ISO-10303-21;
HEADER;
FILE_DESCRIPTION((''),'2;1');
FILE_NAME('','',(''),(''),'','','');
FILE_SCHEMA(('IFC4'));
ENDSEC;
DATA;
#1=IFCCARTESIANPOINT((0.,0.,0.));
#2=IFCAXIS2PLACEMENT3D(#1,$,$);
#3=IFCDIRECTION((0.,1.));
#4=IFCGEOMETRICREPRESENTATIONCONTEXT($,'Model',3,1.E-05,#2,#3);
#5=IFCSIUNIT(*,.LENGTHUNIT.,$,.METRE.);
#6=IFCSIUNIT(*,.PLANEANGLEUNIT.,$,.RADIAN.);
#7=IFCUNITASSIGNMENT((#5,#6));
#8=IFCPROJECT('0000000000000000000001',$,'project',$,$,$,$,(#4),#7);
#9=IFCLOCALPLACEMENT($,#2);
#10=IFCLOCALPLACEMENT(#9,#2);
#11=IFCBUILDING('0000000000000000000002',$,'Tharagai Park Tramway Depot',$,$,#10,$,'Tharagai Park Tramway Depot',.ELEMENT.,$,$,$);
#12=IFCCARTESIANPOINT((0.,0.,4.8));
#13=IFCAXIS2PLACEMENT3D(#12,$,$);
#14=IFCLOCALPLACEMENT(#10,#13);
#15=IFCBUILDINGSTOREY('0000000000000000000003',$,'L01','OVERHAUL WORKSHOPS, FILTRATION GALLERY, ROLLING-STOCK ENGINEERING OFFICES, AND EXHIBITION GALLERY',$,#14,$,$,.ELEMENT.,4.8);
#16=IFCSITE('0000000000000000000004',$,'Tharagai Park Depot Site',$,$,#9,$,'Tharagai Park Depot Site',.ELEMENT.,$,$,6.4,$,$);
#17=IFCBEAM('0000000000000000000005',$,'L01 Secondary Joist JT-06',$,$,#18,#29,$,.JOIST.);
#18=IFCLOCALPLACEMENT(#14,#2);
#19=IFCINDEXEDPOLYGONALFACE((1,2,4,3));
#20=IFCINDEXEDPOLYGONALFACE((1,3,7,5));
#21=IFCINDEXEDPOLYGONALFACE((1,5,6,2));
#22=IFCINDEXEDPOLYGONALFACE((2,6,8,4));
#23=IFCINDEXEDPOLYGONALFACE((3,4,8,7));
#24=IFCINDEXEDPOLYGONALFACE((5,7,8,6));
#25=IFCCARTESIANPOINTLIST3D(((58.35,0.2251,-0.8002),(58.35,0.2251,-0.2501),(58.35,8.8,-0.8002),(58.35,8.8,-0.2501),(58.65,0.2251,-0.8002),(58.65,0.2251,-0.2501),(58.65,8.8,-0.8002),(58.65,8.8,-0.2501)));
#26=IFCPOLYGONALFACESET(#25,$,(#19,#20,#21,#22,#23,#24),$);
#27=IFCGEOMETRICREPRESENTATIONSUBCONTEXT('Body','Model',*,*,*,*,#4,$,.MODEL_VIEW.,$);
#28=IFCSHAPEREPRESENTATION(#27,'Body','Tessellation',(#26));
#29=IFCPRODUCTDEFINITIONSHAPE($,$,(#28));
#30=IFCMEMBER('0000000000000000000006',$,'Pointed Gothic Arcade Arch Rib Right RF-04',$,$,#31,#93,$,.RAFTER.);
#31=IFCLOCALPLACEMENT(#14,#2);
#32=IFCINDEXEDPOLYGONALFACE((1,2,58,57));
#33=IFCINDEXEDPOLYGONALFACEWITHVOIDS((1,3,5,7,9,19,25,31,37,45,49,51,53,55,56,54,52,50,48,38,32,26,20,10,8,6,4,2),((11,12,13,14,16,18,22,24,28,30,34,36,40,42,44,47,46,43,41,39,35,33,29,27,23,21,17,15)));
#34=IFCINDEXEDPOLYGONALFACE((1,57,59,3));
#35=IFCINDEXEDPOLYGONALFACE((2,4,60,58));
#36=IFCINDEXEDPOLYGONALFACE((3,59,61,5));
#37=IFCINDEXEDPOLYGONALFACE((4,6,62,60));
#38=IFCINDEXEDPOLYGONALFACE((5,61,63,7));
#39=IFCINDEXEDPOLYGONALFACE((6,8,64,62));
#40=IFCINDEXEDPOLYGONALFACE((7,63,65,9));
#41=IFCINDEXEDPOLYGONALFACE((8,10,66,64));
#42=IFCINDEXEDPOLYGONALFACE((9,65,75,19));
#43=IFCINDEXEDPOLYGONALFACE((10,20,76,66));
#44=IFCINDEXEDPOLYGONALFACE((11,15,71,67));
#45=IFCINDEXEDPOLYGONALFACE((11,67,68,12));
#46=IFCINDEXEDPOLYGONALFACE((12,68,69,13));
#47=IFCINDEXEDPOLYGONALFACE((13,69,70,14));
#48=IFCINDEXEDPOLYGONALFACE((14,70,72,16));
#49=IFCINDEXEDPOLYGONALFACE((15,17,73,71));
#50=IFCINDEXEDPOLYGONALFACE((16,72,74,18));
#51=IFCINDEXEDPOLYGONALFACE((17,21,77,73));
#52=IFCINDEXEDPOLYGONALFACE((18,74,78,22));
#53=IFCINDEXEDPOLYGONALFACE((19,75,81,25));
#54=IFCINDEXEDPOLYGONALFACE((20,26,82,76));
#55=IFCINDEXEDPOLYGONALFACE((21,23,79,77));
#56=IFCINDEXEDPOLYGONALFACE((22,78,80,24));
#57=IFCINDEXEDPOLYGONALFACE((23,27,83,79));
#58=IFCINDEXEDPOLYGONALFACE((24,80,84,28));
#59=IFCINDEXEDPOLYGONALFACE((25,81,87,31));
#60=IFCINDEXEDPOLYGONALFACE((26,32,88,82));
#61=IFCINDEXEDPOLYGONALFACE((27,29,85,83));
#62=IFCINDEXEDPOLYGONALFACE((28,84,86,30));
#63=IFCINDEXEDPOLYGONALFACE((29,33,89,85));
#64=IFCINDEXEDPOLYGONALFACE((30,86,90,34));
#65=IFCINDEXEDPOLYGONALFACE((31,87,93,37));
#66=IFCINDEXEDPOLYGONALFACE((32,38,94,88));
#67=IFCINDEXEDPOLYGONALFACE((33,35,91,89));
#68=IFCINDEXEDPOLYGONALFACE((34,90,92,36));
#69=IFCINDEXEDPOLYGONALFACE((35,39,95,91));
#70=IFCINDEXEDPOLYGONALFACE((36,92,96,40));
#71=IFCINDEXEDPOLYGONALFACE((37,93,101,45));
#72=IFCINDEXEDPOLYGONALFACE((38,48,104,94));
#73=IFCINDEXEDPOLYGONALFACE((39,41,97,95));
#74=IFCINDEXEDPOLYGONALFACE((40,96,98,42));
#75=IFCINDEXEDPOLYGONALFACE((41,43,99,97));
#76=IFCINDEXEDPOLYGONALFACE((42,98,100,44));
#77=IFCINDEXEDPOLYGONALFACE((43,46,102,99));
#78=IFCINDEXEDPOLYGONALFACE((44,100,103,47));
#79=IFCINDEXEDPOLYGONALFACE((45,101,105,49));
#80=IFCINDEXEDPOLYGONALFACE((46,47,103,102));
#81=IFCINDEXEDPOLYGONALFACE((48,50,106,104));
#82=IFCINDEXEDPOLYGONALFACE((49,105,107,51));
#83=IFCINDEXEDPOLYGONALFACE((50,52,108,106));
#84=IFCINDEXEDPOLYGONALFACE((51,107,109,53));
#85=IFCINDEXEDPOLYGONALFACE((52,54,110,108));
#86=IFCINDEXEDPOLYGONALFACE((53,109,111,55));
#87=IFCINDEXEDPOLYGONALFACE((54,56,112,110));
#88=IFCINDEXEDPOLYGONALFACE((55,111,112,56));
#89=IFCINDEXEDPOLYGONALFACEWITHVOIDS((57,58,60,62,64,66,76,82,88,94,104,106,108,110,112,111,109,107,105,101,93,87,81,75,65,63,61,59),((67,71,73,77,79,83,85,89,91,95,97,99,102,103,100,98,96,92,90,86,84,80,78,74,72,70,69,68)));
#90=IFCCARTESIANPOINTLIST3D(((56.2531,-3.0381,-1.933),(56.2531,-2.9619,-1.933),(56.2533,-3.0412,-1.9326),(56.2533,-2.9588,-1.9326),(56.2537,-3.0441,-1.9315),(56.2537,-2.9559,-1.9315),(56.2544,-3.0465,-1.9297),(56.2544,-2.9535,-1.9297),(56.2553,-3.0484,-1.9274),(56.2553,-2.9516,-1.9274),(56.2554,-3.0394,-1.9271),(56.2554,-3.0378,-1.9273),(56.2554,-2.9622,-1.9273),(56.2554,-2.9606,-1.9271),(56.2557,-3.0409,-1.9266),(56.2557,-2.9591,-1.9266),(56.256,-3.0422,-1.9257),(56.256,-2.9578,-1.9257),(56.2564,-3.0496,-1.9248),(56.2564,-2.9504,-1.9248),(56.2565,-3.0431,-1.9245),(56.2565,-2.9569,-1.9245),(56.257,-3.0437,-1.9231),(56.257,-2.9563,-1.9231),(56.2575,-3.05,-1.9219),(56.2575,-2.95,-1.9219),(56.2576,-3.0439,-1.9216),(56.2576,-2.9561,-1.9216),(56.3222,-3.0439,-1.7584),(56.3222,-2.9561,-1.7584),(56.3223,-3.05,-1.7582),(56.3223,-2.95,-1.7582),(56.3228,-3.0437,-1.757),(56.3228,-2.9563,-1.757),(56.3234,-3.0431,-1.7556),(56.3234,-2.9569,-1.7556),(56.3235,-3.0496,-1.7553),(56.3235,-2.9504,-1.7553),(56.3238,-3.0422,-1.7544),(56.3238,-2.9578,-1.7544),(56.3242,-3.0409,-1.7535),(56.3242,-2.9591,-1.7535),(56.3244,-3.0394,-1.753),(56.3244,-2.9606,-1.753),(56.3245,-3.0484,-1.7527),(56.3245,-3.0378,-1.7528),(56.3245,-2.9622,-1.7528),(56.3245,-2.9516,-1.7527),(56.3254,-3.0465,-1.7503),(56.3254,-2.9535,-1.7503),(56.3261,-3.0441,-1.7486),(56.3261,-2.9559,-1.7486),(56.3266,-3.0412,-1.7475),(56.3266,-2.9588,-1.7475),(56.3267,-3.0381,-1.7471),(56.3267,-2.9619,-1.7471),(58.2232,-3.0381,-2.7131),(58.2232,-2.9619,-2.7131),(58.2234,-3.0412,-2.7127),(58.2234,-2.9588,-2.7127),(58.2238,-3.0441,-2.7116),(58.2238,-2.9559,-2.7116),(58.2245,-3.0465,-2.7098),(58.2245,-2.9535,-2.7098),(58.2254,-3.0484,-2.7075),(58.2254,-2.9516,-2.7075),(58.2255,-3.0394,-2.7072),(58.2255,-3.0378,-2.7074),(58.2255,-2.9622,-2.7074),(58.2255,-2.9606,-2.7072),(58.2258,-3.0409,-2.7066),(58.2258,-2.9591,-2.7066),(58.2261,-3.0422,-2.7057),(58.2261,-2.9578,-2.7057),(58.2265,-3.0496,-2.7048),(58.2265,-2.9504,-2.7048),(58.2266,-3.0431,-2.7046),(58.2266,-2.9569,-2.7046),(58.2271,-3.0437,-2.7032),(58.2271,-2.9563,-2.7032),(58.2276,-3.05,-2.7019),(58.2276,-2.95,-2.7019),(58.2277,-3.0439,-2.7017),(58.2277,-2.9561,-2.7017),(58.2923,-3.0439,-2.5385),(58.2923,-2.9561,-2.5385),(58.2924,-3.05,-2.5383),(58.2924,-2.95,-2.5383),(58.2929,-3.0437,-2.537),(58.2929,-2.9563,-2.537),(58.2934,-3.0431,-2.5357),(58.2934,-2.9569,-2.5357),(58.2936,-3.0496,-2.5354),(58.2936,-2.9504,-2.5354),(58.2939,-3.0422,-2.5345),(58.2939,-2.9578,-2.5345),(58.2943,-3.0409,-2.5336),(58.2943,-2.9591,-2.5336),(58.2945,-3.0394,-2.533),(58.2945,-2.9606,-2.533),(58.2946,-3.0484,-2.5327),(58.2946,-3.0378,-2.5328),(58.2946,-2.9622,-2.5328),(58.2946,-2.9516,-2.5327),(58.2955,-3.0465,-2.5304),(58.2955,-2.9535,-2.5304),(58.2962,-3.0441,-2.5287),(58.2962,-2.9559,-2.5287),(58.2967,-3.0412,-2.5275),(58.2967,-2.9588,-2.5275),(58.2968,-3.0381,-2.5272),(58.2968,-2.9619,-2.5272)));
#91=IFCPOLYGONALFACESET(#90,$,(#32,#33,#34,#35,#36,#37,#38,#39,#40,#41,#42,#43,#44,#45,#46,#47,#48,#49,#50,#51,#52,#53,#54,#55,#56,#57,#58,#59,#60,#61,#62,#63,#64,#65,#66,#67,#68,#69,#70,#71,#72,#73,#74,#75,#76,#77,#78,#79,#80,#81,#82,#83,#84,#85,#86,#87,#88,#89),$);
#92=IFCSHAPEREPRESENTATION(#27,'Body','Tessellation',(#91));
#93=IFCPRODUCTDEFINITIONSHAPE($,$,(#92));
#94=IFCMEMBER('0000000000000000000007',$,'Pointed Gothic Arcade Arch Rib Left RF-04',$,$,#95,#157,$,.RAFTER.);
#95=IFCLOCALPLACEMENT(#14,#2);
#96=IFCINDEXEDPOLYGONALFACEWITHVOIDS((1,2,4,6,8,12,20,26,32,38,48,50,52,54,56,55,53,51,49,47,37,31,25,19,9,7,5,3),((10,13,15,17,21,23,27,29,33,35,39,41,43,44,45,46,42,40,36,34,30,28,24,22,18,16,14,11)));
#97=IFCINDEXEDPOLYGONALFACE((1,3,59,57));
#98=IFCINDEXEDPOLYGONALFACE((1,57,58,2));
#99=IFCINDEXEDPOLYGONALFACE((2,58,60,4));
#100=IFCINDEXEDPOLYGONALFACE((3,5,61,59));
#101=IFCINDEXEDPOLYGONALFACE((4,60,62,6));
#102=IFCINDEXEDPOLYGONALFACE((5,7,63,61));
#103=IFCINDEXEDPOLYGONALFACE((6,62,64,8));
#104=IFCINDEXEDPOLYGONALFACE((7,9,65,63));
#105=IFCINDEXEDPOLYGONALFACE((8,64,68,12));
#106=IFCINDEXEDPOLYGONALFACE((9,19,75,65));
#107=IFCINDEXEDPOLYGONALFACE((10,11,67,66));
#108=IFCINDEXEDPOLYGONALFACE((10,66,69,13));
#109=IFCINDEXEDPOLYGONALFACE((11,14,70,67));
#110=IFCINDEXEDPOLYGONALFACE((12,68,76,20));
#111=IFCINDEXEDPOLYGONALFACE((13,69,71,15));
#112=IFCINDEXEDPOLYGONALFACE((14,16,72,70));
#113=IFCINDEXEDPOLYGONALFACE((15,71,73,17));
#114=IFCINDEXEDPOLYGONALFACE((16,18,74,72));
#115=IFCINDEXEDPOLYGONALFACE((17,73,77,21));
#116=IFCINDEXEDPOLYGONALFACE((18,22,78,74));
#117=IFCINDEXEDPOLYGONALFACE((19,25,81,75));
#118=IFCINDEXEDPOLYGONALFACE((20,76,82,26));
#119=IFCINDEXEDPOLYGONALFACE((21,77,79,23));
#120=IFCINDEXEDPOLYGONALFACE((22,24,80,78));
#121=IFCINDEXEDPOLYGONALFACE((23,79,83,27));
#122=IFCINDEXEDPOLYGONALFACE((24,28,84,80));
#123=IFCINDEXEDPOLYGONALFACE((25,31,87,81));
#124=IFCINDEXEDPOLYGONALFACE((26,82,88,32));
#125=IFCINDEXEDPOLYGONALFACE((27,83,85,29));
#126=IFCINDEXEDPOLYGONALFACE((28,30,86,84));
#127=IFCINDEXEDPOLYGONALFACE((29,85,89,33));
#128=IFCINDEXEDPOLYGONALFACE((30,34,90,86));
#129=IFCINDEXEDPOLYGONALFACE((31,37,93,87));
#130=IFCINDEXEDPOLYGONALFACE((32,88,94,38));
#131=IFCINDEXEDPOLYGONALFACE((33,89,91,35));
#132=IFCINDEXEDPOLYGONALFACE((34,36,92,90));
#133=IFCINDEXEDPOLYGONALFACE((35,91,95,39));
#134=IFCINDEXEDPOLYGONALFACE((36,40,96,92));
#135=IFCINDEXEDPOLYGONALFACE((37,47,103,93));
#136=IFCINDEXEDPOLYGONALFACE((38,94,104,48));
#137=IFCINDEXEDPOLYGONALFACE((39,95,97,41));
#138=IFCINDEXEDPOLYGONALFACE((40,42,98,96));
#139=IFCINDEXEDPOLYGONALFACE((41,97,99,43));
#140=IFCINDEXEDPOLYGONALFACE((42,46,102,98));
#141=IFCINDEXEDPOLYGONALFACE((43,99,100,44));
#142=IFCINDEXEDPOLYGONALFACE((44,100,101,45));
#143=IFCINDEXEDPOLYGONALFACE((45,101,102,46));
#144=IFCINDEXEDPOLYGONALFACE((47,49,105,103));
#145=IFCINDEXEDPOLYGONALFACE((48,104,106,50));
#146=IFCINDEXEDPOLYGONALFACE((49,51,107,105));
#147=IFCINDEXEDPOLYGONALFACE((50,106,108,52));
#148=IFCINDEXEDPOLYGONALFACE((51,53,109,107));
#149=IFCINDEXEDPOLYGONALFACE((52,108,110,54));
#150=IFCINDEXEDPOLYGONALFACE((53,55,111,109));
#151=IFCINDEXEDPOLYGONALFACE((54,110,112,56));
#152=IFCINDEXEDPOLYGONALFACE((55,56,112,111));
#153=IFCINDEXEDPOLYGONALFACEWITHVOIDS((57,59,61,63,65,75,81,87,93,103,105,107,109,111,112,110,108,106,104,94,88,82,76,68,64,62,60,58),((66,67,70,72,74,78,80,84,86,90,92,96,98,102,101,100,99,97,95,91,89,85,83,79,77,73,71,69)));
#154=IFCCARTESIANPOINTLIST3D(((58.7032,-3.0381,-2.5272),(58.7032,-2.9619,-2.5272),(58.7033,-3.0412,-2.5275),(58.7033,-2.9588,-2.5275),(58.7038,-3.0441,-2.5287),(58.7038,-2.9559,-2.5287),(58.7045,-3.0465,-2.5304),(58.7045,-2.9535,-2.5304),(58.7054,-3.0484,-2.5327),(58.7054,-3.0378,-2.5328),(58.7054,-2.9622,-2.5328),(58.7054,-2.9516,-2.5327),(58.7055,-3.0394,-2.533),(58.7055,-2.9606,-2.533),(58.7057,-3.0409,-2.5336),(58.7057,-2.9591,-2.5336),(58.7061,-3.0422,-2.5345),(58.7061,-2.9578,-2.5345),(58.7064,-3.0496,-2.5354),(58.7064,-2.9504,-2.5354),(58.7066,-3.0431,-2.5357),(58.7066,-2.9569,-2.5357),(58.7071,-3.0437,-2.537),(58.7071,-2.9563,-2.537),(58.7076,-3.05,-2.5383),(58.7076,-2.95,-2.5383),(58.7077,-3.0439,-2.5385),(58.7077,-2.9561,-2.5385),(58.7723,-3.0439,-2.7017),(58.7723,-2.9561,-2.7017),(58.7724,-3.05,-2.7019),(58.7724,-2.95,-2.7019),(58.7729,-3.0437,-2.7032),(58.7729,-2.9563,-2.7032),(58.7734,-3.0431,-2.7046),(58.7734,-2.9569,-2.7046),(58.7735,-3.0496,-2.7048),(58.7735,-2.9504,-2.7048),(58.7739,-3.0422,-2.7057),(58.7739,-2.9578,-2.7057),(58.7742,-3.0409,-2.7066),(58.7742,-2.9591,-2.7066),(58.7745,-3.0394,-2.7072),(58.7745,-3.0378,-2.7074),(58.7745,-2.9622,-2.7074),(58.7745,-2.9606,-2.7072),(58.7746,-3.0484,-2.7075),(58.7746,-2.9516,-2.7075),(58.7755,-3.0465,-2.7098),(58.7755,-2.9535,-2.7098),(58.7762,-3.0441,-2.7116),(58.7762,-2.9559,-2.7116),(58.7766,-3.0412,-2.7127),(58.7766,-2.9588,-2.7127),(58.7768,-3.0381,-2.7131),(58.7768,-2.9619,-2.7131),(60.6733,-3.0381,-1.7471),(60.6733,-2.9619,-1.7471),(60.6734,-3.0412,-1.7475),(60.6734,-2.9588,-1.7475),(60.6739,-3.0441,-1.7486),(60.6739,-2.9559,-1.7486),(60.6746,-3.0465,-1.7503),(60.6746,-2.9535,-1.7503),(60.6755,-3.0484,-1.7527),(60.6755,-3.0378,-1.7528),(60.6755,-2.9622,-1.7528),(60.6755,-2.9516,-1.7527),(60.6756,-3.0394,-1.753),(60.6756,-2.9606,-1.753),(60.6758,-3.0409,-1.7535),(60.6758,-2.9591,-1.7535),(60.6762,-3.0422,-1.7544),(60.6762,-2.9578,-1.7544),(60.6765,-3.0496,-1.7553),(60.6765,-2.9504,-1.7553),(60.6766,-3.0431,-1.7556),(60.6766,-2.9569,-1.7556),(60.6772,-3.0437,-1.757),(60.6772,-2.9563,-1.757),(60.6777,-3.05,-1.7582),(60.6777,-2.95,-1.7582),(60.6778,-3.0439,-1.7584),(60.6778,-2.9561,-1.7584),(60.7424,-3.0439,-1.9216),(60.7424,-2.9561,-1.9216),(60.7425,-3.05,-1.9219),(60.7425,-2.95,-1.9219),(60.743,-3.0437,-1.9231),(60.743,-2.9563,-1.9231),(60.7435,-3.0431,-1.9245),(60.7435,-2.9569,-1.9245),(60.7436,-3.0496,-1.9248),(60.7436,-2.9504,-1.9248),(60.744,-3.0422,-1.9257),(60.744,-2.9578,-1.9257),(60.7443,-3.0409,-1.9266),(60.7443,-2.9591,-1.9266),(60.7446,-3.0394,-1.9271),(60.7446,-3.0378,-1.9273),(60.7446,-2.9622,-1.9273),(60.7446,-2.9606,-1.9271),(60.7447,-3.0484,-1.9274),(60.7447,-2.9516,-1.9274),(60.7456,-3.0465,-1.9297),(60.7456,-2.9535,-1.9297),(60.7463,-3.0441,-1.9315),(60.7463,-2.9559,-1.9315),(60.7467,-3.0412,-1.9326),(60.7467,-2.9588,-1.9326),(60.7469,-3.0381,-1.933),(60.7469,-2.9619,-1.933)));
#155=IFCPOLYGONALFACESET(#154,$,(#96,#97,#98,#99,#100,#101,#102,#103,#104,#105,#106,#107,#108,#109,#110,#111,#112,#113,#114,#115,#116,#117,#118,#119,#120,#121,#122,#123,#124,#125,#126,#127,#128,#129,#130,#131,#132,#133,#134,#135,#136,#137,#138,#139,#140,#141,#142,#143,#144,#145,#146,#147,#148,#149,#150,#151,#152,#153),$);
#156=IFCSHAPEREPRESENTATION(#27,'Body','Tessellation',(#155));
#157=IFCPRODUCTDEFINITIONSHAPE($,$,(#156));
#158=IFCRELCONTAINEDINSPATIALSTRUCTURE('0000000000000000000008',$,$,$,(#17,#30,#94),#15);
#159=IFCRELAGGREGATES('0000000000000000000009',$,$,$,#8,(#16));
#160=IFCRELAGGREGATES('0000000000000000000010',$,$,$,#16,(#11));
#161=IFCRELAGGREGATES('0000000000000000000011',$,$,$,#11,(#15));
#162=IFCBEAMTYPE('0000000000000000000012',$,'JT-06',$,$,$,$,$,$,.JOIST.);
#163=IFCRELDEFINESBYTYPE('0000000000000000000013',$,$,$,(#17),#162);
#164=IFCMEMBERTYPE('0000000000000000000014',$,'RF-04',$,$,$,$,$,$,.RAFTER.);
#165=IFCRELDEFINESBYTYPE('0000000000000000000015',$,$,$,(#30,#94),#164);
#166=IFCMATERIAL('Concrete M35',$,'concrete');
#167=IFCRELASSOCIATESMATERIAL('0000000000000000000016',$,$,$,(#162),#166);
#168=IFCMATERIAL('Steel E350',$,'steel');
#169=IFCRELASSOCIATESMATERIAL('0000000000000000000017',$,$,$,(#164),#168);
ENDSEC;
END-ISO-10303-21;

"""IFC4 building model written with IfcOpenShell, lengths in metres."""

from ifc_helpers import new_model, si_unit, direction, frame, origin, origin_2d, place, context, subcontext, project, spatial, rectangle, hollow_rectangle, extrude, material, material_profile, profile_set, type_object, element, save


model = new_model("IFC4")

# Units and contexts
model_context = context("Model", 3, precision=1e-05, world=origin(), true_north=direction((0.0, 1.0)))
body_context = subcontext(model_context, "Body", "Model", "MODEL_VIEW")
ifc_project = project(units=[si_unit("LENGTHUNIT", "METRE"), si_unit("PLANEANGLEUNIT", "RADIAN")], contexts=[model_context])

# Site, building, storey
site_placement = place(None, origin())
site = spatial("IfcSite", under=ifc_project, at=site_placement, Name="Tharagai Park Depot Site", LongName="Tharagai Park Depot Site", CompositionType="ELEMENT", RefElevation=6.4)
building_placement = place(site_placement, origin())
building = spatial("IfcBuilding", under=site, at=building_placement, Name="Tharagai Park Tramway Depot", LongName="Tharagai Park Tramway Depot", CompositionType="ELEMENT")
storey_placement = place(building_placement, frame((0.0, 0.0, 4.8)))
storey = spatial("IfcBuildingStorey", under=building, at=storey_placement, Name="L01", Description="OVERHAUL WORKSHOPS, FILTRATION GALLERY, ROLLING-STOCK ENGINEERING OFFICES, AND EXHIBITION GALLERY", CompositionType="ELEMENT", Elevation=4.8)

# Shared definitions
ifc_material_1 = material(Name="Concrete M35", Category="concrete")

# Beam
ifc_material_profile_1 = material_profile(ifc_material_1, rectangle(XDim=0.3, YDim=0.55, at=origin_2d()), Name="RC 300x550")
ifc_profile_set_1 = profile_set([ifc_material_profile_1], Name="Concrete M35")
beam_type_1 = type_object("IfcBeamType", Name="JT-06", PredefinedType="JOIST", material=ifc_profile_set_1)
beam_1_placement = place(storey_placement, frame((58.5, 0.2251, -0.5251), z_axis=(0.0, 1.0, 0.0), x_axis=(-1.0, 0.0, 0.0)))
element("IfcBeam", 1, at=beam_1_placement, inside=storey, type_object=beam_type_1, Name="L01 Secondary Joist JT-06", PredefinedType="JOIST", context=body_context, shape_type="SweptSolid", body=[
    extrude(rectangle(XDim=0.3, YDim=0.55, at=origin_2d()), origin(), (0.0, 0.0, 1.0), 8.575),
])

# Members
ifc_material_2 = material(Name="Steel E350", Category="steel")
ifc_material_profile_2 = material_profile(ifc_material_2, hollow_rectangle(XDim=0.1001, YDim=0.2, WallThickness=0.0061, InnerFilletRadius=0.0061, OuterFilletRadius=0.012, at=origin_2d()), Name="RHS 200x100x6")
ifc_profile_set_2 = profile_set([ifc_material_profile_2], Name="Steel E350")
member_type_1 = type_object("IfcMemberType", Name="RF-04", PredefinedType="RAFTER", material=ifc_profile_set_2)
for number, where, z_axis, x_axis, name in (
    (2, (58.26, -3.0, -2.6201), (-0.929766, 0.0, 0.36815), (0.0, -1.0, 0.0), "Pointed Gothic Arcade Arch Rib Right RF-04"),
    (3, (58.74, -3.0, -2.6201), (0.929766, 0.0, 0.36815), (0.0, 1.0, 0.0), "Pointed Gothic Arcade Arch Rib Left RF-04"),
):
    element("IfcMember", number, at=place(storey_placement, frame(where, z_axis=z_axis, x_axis=x_axis)), inside=storey, type_object=member_type_1, Name=name, PredefinedType="RAFTER", context=body_context, shape_type="SweptSolid", body=[
        extrude(hollow_rectangle(XDim=0.1001, YDim=0.2, WallThickness=0.0061, InnerFilletRadius=0.0061, OuterFilletRadius=0.012, at=origin_2d()), origin(), (0.0, 0.0, 1.0), 2.1189),
    ])

save(model, "model.ifc")
